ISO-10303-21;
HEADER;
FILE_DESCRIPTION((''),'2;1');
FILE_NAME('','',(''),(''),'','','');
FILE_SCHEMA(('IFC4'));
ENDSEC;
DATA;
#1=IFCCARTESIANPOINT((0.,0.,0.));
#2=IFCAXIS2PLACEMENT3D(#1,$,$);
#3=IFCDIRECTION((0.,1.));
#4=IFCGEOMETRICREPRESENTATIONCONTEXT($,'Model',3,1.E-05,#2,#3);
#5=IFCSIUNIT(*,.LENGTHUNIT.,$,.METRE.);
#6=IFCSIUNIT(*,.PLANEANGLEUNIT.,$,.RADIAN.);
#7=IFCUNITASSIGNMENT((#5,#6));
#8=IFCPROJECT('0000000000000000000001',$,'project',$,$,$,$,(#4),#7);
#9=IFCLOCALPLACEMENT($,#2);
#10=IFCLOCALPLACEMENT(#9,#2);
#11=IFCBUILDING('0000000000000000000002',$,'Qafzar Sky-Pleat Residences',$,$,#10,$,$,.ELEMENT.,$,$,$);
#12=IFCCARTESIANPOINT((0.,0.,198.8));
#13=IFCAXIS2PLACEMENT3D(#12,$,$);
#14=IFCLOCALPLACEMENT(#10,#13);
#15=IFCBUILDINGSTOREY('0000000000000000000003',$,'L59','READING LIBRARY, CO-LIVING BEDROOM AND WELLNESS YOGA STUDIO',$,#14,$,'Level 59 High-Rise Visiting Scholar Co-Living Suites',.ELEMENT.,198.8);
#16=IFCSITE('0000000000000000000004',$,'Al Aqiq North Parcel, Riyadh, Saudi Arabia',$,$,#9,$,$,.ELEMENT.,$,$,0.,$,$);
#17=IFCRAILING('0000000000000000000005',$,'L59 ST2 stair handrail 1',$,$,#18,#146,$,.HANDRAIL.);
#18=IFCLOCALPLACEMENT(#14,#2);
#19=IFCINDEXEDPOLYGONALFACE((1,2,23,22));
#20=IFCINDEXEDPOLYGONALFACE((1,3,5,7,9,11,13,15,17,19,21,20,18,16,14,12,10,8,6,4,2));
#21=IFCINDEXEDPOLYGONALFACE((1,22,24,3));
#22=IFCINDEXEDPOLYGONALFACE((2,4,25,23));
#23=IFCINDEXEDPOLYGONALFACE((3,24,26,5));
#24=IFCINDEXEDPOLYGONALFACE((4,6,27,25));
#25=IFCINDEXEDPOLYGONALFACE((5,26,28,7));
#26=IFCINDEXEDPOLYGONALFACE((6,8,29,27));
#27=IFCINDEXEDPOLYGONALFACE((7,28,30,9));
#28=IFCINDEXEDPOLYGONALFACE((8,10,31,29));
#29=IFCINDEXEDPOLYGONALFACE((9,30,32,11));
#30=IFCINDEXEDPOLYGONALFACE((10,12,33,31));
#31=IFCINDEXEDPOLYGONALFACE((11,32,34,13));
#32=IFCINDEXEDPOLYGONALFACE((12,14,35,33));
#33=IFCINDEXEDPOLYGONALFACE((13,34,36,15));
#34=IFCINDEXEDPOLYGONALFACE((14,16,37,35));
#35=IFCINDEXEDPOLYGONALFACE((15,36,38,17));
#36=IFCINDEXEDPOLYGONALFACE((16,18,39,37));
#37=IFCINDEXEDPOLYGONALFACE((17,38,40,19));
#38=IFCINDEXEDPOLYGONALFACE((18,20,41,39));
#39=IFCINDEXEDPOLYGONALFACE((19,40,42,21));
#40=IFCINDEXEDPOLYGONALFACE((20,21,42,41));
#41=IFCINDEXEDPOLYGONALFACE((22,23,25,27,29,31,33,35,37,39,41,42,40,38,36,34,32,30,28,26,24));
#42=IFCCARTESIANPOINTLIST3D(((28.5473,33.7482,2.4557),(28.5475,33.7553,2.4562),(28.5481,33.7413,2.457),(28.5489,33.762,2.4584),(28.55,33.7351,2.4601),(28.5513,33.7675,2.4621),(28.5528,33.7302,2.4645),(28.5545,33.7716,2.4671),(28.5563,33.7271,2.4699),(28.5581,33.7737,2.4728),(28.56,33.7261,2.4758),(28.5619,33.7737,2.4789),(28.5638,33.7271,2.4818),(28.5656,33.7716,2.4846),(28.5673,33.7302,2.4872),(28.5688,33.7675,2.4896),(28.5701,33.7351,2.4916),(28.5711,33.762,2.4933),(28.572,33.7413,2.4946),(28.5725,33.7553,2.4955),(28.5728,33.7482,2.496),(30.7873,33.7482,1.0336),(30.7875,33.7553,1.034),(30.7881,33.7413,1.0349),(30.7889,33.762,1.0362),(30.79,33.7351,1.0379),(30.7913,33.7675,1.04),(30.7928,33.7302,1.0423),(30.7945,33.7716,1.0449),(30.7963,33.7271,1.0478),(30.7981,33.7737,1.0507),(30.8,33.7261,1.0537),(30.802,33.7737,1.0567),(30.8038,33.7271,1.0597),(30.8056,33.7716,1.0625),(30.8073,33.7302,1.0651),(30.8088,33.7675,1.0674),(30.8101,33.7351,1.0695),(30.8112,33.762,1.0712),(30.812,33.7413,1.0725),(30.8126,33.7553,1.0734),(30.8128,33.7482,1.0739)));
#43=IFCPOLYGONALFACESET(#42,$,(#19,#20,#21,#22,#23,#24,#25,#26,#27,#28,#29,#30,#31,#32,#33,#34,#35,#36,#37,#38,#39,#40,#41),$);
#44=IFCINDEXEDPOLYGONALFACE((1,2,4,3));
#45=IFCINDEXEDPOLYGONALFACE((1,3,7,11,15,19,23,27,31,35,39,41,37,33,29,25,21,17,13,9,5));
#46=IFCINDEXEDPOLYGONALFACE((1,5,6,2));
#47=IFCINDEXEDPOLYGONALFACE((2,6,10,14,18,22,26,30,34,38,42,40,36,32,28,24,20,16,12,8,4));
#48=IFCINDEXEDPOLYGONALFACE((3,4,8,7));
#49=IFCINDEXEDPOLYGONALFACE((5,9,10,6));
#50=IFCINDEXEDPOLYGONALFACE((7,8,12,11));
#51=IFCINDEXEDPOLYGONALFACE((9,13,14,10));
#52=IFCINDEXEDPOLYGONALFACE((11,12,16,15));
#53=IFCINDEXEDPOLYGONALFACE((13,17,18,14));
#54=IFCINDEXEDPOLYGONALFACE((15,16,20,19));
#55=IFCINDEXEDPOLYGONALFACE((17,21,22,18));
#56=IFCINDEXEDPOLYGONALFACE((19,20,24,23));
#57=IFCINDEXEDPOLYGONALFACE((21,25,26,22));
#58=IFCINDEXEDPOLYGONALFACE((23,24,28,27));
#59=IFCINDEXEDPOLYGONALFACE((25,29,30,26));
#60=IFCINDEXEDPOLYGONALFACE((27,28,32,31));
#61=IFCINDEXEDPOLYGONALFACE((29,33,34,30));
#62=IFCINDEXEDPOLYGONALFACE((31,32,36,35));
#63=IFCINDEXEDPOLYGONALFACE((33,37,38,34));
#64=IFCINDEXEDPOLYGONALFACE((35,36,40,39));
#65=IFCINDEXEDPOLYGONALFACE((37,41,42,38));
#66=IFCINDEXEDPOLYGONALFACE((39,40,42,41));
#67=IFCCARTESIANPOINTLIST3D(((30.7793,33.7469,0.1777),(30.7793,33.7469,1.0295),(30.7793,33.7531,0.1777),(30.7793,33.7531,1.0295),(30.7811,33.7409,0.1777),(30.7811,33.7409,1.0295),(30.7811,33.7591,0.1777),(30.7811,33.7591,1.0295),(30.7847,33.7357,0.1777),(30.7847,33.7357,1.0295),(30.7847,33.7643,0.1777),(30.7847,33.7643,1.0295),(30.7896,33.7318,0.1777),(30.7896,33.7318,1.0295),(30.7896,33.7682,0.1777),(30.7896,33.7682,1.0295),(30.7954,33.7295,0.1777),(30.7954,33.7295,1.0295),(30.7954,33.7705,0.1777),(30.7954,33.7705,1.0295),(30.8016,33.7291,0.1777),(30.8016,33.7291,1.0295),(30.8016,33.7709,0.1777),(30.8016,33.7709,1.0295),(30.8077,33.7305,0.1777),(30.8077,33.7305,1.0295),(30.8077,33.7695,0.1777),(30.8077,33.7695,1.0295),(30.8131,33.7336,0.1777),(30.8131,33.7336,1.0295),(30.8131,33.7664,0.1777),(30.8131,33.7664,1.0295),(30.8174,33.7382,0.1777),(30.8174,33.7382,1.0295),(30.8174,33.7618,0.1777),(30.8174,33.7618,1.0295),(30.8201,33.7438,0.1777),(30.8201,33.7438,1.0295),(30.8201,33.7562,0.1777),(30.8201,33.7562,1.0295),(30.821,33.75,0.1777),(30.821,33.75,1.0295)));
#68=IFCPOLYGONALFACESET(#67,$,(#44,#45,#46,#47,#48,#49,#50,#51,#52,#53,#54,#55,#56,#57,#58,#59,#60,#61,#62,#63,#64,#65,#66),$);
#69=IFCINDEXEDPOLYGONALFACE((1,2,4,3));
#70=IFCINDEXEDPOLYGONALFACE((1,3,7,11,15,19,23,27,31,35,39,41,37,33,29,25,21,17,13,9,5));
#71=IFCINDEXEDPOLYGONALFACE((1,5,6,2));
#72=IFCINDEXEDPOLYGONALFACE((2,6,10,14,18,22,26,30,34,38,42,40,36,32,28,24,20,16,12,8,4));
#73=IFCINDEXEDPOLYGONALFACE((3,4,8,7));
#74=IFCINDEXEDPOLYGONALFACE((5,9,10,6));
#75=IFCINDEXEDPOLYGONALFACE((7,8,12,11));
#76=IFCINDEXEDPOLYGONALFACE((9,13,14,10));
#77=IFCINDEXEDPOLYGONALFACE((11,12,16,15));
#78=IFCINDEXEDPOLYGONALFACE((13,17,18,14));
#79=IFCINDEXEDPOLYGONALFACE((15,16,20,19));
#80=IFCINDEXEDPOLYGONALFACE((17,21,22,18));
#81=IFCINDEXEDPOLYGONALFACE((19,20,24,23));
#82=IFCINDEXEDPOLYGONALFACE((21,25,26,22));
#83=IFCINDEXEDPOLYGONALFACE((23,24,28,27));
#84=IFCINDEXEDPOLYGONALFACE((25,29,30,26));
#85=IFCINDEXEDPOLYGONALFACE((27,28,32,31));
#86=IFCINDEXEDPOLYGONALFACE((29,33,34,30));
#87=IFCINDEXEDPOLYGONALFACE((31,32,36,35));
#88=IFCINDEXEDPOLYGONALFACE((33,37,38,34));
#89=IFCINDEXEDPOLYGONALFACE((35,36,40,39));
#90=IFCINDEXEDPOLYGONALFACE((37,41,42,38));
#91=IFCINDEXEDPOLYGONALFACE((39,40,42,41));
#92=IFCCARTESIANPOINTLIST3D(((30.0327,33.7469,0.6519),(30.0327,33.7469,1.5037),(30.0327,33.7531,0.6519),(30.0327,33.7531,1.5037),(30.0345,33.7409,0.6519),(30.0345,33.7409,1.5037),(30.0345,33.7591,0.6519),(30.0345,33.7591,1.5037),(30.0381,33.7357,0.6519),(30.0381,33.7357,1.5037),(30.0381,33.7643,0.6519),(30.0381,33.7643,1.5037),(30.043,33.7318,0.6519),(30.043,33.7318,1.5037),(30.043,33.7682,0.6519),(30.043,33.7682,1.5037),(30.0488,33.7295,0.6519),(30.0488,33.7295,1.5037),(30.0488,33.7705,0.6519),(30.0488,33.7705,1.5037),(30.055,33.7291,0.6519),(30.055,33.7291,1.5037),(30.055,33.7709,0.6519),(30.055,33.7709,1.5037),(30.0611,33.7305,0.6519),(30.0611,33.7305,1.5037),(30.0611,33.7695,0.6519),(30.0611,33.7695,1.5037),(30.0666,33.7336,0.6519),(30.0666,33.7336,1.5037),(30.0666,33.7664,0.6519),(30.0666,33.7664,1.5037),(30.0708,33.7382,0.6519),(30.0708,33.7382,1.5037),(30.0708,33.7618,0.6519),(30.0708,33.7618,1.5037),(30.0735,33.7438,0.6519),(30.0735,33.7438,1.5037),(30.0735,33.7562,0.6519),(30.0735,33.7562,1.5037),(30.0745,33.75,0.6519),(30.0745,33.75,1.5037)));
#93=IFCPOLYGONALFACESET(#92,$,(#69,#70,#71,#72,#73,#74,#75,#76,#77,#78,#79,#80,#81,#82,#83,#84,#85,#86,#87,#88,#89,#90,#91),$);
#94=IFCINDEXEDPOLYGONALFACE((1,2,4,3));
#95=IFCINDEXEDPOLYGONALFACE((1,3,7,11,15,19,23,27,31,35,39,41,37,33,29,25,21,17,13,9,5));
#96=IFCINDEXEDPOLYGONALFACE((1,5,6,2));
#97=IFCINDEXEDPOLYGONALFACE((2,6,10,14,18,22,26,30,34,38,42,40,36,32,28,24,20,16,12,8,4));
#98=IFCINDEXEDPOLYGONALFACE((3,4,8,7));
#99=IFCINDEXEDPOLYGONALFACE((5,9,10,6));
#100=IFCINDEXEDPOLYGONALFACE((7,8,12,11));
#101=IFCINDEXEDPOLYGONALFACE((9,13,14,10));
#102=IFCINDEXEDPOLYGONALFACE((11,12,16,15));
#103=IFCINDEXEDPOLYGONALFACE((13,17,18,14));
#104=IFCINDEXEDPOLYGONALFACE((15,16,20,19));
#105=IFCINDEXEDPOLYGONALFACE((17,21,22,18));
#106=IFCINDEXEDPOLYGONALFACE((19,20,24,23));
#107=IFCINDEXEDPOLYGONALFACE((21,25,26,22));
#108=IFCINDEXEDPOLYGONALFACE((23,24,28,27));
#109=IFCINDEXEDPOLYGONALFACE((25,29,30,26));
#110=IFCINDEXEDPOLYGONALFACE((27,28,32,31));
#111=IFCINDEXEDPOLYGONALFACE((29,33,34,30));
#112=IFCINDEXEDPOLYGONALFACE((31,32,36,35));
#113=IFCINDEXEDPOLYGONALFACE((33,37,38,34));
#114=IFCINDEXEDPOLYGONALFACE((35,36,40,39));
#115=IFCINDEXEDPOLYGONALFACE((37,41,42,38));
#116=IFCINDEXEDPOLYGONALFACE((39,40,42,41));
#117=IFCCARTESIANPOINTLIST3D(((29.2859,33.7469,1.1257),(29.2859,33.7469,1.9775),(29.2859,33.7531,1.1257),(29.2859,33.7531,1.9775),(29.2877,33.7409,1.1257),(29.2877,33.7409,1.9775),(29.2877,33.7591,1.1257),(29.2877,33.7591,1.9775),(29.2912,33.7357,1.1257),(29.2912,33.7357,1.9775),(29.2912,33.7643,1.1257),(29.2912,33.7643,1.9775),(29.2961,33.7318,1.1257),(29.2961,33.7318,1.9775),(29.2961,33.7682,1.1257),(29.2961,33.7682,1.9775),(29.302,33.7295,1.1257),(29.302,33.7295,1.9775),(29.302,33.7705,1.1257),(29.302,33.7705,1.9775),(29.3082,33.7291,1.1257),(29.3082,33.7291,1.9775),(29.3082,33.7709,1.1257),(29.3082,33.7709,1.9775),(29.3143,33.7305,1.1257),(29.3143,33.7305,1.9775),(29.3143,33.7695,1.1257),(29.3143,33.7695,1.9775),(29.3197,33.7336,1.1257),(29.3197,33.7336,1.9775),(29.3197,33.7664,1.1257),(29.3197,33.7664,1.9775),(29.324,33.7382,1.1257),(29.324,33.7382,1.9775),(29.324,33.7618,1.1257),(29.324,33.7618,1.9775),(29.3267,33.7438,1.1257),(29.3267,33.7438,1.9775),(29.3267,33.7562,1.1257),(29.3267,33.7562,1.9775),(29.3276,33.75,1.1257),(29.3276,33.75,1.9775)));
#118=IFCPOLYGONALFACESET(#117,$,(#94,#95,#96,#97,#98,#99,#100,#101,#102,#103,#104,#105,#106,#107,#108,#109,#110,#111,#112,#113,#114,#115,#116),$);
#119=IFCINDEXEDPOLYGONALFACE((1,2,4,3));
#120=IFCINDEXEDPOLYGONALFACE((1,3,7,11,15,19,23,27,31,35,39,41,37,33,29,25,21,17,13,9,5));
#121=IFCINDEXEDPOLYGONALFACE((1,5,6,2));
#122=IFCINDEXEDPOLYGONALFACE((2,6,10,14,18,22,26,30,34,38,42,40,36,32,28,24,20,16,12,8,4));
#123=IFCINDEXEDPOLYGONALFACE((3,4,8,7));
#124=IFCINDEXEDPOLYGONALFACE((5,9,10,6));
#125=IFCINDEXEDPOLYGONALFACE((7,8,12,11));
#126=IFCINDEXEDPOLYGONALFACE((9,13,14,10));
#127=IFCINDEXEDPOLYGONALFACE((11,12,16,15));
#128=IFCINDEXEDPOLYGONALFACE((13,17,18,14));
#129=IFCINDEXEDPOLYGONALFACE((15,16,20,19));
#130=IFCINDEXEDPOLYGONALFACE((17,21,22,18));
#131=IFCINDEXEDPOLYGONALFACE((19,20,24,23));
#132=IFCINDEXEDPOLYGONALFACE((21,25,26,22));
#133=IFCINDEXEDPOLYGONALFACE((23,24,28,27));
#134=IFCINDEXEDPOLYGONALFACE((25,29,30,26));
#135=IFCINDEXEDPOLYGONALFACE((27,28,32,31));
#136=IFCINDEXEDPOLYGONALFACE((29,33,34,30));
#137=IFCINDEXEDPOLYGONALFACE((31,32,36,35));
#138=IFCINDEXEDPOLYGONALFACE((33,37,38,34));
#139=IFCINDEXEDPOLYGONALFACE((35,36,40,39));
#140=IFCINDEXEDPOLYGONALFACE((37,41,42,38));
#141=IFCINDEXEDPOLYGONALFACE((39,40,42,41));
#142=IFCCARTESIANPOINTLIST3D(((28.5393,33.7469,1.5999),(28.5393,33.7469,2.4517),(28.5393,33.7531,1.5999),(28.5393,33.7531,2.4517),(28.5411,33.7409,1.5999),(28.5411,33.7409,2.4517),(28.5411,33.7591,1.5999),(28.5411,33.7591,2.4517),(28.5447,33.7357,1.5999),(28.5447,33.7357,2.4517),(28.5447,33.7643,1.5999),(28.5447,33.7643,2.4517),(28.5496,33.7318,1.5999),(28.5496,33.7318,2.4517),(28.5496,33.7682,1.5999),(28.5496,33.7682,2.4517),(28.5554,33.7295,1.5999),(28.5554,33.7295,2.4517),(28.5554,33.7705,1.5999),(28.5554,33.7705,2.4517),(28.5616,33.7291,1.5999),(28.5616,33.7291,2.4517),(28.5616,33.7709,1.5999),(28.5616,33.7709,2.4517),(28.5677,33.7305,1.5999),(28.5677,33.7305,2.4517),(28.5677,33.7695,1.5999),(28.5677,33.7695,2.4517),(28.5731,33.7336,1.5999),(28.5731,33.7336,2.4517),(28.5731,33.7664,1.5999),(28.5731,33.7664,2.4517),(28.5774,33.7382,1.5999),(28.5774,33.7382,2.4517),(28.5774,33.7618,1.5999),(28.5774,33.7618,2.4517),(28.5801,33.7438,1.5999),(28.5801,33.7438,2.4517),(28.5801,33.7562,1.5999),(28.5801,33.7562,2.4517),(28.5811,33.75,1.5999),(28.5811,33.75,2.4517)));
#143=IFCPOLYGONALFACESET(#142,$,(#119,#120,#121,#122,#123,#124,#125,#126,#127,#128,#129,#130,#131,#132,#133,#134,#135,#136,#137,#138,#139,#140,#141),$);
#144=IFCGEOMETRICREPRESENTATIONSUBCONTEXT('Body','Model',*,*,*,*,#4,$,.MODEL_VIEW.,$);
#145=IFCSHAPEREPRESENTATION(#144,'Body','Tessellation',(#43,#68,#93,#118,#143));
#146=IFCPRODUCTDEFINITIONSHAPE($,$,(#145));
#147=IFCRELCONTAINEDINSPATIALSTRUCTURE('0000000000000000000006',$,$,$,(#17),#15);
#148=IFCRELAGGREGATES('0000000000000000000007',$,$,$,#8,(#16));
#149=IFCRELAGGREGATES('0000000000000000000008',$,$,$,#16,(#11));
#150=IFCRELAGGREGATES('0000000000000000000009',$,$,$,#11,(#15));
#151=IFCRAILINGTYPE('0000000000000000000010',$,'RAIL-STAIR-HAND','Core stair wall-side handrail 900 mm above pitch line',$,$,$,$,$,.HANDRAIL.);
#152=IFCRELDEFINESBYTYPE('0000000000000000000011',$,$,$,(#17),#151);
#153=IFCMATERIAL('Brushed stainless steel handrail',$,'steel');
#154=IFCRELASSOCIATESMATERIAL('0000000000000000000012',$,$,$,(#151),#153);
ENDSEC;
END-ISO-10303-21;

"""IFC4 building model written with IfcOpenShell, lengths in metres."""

from ifc_helpers import new_model, si_unit, direction, frame, origin, origin_2d, place, context, subcontext, project, spatial, circle, extrude, source, transform, mapped, material, type_object, element, save


model = new_model("IFC4")

# Units and contexts
model_context = context("Model", 3, precision=1e-05, world=origin(), true_north=direction((0.0, 1.0)))
body_context = subcontext(model_context, "Body", "Model", "MODEL_VIEW")
ifc_project = project(units=[si_unit("LENGTHUNIT", "METRE"), si_unit("PLANEANGLEUNIT", "RADIAN")], contexts=[model_context])

# Site, building, storey
site_placement = place(None, origin())
site = spatial("IfcSite", under=ifc_project, at=site_placement, Name="Al Aqiq North Parcel, Riyadh, Saudi Arabia", CompositionType="ELEMENT", RefElevation=0.0)
building_placement = place(site_placement, origin())
building = spatial("IfcBuilding", under=site, at=building_placement, Name="Qafzar Sky-Pleat Residences", CompositionType="ELEMENT")
storey_placement = place(building_placement, frame((0.0, 0.0, 198.8)))
storey = spatial("IfcBuildingStorey", under=building, at=storey_placement, Name="L59", Description="READING LIBRARY, CO-LIVING BEDROOM AND WELLNESS YOGA STUDIO", LongName="Level 59 High-Rise Visiting Scholar Co-Living Suites", CompositionType="ELEMENT", Elevation=198.8)

# Railing
ifc_material_1 = material(Name="Brushed stainless steel handrail", Category="steel")
railing_type_1 = type_object("IfcRailingType", Name="RAIL-STAIR-HAND", Description="Core stair wall-side handrail 900 mm above pitch line", PredefinedType="HANDRAIL", material=ifc_material_1)
shared_shape_1 = source(origin(), body_context, "Body", "SweptSolid", [
    extrude(circle(Radius=0.0239, at=origin_2d()), frame((0.0, 0.0, 0.876), z_axis=(-0.844229, 0.0, 0.535982), x_axis=(0.0, -1.0, 0.0)), (0.0, 0.0, 1.0), 2.6533),
    extrude(circle(Radius=0.021, at=origin_2d()), origin(), (0.0, 0.0, 1.0), 0.8518),
    extrude(circle(Radius=0.021, at=origin_2d()), frame((-0.7466, 0.0, 0.4741)), (0.0, 0.0, 1.0), 0.8518),
    extrude(circle(Radius=0.021, at=origin_2d()), frame((-1.4934, 0.0, 0.948)), (0.0, 0.0, 1.0), 0.8518),
    extrude(circle(Radius=0.021, at=origin_2d()), frame((-2.24, 0.0, 1.4221)), (0.0, 0.0, 1.0), 0.8518),
])
railing_1_placement = place(storey_placement, frame((30.8, 33.75, 0.1777)))
element("IfcRailing", 1, at=railing_1_placement, inside=storey, type_object=railing_type_1, Name="L59 ST2 stair handrail 1", PredefinedType="HANDRAIL", context=body_context, shape_type="MappedRepresentation", body=[
    mapped(shared_shape_1, transform((0.0, 0.0, 0.0), x_axis=(1.0, 0.0, 0.0), y_axis=(0.0, 1.0, 0.0), z_axis=(0.0, 0.0, 1.0), scale=1.0)),
])

save(model, "model.ifc")
